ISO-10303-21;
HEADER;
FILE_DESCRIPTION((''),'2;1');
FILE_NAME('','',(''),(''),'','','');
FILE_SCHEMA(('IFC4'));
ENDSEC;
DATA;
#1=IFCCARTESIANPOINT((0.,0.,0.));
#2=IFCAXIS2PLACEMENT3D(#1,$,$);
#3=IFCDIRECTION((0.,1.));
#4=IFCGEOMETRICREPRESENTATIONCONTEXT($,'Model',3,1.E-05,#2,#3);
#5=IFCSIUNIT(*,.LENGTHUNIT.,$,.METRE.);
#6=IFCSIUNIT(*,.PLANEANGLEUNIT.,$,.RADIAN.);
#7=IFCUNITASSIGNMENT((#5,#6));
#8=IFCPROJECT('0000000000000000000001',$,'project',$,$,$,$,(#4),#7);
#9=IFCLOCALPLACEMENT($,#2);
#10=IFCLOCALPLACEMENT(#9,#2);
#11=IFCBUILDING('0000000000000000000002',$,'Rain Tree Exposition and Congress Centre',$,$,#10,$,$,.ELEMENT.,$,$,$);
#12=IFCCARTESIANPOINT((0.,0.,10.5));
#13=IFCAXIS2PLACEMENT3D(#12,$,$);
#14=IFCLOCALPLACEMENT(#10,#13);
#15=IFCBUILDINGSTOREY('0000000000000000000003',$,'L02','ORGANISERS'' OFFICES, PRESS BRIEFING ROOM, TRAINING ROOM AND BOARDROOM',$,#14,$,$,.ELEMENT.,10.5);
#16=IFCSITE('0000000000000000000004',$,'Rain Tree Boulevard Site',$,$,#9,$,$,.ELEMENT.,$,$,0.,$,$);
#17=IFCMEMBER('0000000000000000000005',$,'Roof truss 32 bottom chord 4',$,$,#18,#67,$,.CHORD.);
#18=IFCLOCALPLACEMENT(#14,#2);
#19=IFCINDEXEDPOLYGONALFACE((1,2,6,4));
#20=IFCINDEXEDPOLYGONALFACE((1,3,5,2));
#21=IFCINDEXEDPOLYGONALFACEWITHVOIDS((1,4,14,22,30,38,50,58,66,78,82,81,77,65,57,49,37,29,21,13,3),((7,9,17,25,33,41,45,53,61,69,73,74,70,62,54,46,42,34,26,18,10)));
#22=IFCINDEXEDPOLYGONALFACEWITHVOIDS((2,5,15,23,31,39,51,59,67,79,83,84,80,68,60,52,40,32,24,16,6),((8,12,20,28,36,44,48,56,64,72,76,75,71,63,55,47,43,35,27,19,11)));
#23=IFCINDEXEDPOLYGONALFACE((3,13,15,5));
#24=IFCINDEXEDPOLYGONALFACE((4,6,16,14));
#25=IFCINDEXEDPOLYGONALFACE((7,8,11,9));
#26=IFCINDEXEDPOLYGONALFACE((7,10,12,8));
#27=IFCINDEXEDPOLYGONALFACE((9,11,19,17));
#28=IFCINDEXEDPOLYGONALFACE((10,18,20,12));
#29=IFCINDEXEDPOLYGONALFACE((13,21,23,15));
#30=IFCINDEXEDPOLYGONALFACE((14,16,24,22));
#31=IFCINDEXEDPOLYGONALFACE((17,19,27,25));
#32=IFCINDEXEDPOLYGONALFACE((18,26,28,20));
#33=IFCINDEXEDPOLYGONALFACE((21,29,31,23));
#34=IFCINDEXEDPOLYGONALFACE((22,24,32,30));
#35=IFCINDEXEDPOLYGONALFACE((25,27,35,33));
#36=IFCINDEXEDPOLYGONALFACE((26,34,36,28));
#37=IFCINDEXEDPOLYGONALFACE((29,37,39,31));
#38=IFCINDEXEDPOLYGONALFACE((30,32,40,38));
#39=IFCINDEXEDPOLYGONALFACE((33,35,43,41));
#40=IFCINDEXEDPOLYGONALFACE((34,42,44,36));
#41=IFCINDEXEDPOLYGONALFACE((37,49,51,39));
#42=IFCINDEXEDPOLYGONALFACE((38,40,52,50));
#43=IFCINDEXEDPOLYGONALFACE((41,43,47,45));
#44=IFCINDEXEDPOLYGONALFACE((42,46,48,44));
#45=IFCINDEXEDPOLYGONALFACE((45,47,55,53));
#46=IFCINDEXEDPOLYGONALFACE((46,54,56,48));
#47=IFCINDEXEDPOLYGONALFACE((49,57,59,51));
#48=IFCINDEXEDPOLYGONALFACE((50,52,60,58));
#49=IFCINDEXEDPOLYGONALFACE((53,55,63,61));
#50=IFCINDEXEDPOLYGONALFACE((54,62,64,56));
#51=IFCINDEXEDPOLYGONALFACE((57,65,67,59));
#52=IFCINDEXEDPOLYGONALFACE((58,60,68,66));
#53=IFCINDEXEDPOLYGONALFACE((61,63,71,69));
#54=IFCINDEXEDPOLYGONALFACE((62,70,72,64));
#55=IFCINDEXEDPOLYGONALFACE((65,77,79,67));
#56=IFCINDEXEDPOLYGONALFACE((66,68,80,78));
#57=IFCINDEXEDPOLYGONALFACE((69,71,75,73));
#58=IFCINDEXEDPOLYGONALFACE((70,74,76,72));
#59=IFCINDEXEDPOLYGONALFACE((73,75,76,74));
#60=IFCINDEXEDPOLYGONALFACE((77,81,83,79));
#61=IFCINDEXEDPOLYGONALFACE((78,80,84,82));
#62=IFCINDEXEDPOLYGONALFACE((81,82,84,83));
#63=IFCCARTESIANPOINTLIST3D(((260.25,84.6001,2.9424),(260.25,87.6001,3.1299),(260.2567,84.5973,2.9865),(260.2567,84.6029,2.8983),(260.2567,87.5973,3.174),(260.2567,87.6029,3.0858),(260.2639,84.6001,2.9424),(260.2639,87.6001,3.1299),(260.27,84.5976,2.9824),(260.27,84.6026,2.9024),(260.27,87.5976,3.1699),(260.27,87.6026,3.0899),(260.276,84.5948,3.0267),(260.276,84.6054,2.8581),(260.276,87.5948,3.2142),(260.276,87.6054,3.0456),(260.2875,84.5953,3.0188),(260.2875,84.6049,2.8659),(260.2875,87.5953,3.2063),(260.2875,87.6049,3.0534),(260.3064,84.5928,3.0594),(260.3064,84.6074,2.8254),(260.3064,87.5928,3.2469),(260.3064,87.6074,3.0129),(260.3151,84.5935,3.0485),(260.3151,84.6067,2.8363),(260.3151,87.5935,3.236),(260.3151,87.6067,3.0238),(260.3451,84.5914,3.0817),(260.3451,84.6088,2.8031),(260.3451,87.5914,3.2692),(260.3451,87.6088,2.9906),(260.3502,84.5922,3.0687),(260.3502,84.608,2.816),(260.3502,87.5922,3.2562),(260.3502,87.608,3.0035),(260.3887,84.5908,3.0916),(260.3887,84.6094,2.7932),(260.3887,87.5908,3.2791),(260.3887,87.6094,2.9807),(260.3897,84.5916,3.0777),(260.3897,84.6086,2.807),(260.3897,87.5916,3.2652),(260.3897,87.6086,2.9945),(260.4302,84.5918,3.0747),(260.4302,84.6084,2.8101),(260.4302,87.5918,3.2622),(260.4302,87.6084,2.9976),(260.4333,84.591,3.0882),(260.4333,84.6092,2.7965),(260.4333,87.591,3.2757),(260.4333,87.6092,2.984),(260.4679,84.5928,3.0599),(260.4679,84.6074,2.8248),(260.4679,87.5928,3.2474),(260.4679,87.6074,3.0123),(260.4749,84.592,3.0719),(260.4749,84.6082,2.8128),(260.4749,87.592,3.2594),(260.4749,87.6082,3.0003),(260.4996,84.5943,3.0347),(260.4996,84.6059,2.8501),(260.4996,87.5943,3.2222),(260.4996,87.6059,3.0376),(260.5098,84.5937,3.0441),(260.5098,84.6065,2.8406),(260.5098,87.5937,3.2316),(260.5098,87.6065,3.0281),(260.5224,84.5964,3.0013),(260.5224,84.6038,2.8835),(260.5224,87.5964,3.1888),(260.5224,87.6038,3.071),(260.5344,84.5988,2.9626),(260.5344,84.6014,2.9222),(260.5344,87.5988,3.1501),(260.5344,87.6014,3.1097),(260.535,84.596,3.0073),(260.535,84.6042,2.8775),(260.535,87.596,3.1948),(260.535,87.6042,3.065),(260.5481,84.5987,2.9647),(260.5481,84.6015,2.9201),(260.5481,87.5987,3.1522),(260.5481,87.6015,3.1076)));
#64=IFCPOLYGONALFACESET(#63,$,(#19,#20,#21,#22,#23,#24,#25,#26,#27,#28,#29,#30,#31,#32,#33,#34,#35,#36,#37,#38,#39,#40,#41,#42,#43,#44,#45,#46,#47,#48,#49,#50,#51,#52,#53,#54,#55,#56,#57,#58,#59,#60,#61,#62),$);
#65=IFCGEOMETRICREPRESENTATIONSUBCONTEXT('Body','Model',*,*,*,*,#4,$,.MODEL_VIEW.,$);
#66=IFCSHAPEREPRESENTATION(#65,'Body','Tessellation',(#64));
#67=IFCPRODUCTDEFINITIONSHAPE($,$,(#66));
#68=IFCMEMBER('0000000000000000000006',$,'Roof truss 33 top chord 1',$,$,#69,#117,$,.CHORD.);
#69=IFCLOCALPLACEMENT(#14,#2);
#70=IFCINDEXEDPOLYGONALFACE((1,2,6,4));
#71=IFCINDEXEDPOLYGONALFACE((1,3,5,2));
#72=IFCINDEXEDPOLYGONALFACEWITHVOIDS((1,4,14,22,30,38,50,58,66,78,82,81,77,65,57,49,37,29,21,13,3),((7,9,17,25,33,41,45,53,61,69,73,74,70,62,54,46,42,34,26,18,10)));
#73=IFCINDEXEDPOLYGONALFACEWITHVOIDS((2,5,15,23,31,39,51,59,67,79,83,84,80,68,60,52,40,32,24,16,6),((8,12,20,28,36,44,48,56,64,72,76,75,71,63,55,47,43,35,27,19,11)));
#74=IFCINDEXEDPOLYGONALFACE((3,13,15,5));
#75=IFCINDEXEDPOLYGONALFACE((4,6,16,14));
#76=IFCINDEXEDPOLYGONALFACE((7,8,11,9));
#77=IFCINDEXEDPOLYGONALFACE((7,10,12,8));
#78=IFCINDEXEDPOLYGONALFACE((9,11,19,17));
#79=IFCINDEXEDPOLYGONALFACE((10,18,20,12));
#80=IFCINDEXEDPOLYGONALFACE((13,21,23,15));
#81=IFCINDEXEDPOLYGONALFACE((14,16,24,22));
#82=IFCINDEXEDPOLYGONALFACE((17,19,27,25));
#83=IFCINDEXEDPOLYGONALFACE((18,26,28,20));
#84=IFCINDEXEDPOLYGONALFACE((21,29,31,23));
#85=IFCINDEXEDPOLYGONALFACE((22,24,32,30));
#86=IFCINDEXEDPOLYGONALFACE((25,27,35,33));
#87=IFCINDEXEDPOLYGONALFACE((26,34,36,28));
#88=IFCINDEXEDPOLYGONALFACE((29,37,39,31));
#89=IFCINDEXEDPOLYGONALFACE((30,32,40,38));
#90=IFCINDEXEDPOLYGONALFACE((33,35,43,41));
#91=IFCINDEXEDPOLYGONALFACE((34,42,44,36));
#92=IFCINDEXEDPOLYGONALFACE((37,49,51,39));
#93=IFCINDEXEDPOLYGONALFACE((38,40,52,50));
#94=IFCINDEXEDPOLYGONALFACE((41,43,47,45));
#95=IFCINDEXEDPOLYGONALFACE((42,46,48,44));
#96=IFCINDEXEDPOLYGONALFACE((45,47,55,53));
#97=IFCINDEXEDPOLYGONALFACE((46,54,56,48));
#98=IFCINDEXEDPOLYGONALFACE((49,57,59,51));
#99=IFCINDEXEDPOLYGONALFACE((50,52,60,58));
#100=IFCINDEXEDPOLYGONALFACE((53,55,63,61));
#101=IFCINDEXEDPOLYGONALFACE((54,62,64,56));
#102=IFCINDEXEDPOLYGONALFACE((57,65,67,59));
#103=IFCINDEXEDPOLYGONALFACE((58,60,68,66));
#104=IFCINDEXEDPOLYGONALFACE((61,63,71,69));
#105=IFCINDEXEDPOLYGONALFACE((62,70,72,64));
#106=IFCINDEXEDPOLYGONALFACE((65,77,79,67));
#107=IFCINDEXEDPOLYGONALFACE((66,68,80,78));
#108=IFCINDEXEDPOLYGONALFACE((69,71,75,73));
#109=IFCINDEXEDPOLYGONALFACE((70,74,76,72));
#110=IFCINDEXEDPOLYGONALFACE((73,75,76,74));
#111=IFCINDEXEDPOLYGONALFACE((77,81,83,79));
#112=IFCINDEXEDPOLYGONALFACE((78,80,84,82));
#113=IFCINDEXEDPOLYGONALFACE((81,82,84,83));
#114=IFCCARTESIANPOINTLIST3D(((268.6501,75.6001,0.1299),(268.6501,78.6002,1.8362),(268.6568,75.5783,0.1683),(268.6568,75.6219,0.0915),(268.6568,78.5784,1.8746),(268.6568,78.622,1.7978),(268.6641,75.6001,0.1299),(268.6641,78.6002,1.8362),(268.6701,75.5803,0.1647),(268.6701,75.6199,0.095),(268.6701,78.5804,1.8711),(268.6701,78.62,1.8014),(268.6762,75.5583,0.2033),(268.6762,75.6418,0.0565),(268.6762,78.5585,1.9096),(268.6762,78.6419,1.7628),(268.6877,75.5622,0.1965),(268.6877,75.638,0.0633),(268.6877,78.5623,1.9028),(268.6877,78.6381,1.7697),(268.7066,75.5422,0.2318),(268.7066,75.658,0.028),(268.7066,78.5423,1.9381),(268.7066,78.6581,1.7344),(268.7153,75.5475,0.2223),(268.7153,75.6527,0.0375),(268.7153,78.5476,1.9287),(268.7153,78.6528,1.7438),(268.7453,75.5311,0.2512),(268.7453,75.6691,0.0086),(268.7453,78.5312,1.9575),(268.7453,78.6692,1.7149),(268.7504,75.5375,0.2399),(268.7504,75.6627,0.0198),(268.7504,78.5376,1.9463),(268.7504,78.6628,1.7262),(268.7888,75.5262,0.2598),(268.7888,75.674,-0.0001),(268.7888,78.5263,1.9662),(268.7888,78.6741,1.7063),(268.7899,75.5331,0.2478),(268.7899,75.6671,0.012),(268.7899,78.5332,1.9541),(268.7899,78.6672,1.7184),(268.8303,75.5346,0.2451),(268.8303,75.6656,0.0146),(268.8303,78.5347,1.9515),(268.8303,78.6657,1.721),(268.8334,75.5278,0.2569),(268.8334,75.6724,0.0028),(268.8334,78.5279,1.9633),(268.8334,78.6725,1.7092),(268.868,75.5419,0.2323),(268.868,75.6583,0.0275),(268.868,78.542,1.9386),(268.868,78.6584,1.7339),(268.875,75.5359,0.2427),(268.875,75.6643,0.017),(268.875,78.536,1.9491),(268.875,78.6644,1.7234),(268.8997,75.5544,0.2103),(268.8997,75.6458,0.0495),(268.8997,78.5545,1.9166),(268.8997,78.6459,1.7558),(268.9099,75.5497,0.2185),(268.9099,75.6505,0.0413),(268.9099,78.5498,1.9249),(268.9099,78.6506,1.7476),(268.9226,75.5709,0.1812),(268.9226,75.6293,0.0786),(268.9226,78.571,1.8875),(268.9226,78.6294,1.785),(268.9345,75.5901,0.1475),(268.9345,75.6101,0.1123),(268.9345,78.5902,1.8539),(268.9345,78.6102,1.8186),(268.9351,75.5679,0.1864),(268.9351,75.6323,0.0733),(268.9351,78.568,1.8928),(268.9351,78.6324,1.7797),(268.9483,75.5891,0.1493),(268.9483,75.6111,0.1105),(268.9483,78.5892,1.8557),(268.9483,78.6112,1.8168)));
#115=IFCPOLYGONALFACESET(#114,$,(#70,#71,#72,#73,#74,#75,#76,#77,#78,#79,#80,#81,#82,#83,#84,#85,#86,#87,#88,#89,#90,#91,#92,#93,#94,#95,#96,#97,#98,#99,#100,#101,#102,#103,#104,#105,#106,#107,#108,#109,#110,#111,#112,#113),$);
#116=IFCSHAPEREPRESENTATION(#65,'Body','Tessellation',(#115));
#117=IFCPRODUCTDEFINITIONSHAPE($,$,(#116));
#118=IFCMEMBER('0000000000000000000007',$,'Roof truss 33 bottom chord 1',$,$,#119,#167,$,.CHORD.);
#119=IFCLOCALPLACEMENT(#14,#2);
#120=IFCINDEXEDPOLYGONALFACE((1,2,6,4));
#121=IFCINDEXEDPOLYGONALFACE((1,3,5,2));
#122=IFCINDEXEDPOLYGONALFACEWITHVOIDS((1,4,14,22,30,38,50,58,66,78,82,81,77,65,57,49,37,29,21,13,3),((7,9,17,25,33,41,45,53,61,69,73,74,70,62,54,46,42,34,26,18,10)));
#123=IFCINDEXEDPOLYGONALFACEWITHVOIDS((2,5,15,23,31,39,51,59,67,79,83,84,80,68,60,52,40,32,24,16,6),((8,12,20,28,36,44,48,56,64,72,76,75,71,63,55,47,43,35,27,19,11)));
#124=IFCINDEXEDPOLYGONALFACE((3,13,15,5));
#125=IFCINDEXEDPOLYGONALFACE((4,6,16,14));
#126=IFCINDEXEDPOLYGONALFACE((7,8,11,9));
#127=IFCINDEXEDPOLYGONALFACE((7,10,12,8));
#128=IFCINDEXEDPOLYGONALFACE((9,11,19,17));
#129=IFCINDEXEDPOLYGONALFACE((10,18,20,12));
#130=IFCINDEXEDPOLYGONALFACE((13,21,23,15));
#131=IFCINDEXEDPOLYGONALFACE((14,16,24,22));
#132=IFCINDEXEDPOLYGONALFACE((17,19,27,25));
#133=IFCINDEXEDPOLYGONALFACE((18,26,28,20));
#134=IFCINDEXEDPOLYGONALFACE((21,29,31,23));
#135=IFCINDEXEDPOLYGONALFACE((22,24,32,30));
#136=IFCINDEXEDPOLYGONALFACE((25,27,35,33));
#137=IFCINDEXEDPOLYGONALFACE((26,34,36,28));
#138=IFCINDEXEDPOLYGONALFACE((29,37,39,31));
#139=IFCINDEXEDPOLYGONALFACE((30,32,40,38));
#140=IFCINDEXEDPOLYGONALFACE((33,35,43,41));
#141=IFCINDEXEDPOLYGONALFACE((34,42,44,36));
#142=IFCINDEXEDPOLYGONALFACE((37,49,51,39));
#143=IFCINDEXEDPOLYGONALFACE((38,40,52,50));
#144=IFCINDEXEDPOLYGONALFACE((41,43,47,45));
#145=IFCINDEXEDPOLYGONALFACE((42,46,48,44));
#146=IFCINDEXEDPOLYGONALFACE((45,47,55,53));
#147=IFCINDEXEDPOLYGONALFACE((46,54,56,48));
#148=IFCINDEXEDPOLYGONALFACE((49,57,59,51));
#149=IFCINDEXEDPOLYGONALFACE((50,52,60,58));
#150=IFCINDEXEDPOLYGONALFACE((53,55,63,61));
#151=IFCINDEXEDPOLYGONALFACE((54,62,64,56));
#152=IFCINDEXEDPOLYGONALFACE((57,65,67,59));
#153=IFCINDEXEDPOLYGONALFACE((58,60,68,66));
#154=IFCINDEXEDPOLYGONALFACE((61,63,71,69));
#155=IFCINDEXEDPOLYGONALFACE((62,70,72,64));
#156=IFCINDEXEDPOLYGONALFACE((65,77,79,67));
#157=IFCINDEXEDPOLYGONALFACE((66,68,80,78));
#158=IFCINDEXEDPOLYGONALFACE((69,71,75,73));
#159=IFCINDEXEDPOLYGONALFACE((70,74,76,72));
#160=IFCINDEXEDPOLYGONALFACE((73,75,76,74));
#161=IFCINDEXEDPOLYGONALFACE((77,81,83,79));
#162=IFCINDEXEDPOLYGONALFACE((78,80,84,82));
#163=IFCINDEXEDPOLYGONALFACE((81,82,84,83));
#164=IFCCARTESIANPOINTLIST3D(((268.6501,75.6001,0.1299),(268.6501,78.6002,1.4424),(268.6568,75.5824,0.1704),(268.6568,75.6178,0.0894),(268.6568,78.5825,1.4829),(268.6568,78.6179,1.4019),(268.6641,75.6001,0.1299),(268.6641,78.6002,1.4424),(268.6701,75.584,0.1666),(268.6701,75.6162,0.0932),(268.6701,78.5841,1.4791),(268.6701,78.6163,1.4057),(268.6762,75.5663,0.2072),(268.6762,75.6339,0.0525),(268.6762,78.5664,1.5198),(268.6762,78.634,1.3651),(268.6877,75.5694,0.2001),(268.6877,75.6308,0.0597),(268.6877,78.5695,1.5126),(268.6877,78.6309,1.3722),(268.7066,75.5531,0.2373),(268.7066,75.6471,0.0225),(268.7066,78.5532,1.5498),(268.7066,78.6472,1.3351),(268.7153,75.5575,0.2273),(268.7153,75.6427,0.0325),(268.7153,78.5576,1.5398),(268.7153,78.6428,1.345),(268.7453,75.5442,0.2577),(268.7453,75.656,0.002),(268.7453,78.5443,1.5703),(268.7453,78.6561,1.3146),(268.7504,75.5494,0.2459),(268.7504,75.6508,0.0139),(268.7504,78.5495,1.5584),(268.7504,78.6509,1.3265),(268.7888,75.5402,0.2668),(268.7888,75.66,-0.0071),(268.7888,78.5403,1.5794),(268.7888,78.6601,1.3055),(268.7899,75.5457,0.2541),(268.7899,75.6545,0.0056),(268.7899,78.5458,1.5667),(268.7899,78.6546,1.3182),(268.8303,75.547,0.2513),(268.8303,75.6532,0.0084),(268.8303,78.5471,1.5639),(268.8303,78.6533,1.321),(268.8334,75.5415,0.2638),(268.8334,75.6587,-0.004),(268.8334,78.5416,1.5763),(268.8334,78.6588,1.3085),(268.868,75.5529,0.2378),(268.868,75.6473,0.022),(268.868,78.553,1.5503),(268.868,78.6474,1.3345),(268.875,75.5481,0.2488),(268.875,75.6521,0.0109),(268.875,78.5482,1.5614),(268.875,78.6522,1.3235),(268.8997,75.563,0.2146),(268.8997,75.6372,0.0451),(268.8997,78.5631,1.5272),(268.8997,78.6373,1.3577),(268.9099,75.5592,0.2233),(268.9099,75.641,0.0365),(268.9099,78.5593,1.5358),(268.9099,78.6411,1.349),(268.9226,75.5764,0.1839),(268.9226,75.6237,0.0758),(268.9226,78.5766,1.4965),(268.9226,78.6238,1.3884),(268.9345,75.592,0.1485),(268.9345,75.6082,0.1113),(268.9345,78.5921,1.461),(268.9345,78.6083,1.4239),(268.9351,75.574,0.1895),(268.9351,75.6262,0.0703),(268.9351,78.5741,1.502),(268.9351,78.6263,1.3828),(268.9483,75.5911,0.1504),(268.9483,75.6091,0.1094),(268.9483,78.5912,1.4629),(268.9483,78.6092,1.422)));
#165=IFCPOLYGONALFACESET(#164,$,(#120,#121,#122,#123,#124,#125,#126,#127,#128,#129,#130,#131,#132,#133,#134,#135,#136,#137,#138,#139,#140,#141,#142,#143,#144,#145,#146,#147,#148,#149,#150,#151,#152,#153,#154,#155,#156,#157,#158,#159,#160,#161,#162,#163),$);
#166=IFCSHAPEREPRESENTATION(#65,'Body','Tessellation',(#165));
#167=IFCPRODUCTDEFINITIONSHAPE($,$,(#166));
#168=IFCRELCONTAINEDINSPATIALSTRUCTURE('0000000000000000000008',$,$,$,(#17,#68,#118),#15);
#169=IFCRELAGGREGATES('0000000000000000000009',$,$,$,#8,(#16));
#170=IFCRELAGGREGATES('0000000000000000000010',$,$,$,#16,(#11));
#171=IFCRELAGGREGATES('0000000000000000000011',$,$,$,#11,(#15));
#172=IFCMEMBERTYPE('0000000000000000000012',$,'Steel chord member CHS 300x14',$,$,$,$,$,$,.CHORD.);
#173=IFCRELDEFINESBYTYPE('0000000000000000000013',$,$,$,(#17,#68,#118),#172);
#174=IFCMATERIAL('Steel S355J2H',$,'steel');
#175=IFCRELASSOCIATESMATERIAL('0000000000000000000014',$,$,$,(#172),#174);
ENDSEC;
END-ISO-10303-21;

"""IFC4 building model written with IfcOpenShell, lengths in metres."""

from ifc_helpers import new_model, si_unit, direction, frame, origin, origin_2d, place, context, subcontext, project, spatial, hollow_circle, extrude, material, material_profile, profile_set, type_object, element, save


model = new_model("IFC4")

# Units and contexts
model_context = context("Model", 3, precision=1e-05, world=origin(), true_north=direction((0.0, 1.0)))
body_context = subcontext(model_context, "Body", "Model", "MODEL_VIEW")
ifc_project = project(units=[si_unit("LENGTHUNIT", "METRE"), si_unit("PLANEANGLEUNIT", "RADIAN")], contexts=[model_context])

# Site, building, storey
site_placement = place(None, origin())
site = spatial("IfcSite", under=ifc_project, at=site_placement, Name="Rain Tree Boulevard Site", CompositionType="ELEMENT", RefElevation=0.0)
building_placement = place(site_placement, origin())
building = spatial("IfcBuilding", under=site, at=building_placement, Name="Rain Tree Exposition and Congress Centre", CompositionType="ELEMENT")
storey_placement = place(building_placement, frame((0.0, 0.0, 10.5)))
storey = spatial("IfcBuildingStorey", under=building, at=storey_placement, Name="L02", Description="ORGANISERS' OFFICES, PRESS BRIEFING ROOM, TRAINING ROOM AND BOARDROOM", CompositionType="ELEMENT", Elevation=10.5)

# Members
ifc_material_1 = material(Name="Steel S355J2H", Category="steel")
ifc_material_profile_1 = material_profile(ifc_material_1, hollow_circle(Radius=0.1499, WallThickness=0.0139, at=origin_2d()), Name="CHS 300x14")
ifc_profile_set_1 = profile_set([ifc_material_profile_1], Name="Steel S355J2H")
member_type_1 = type_object("IfcMemberType", Name="Steel chord member CHS 300x14", PredefinedType="CHORD", material=ifc_profile_set_1)
member_1_placement = place(storey_placement, frame((260.3999, 84.6001, 2.9424), z_axis=(0.0, 0.998053, 0.062378), x_axis=(-1.0, 0.0, 0.0)))
element("IfcMember", 1, at=member_1_placement, inside=storey, type_object=member_type_1, Name="Roof truss 32 bottom chord 4", PredefinedType="CHORD", context=body_context, shape_type="SweptSolid", body=[
    extrude(hollow_circle(Radius=0.1499, WallThickness=0.0139, at=origin_2d()), origin(), (0.0, 0.0, 1.0), 3.0059),
])
member_2_placement = place(storey_placement, frame((268.8, 75.6001, 0.1299), z_axis=(0.0, 0.869238, 0.494393), x_axis=(-1.0, 0.0, 0.0)))
element("IfcMember", 2, at=member_2_placement, inside=storey, type_object=member_type_1, Name="Roof truss 33 top chord 1", PredefinedType="CHORD", context=body_context, shape_type="SweptSolid", body=[
    extrude(hollow_circle(Radius=0.1499, WallThickness=0.0139, at=origin_2d()), origin(), (0.0, 0.0, 1.0), 3.4514),
])
member_3_placement = place(storey_placement, frame((268.8, 75.6001, 0.1299), z_axis=(0.0, 0.916157, 0.400819), x_axis=(-1.0, 0.0, 0.0)))
element("IfcMember", 3, at=member_3_placement, inside=storey, type_object=member_type_1, Name="Roof truss 33 bottom chord 1", PredefinedType="CHORD", context=body_context, shape_type="SweptSolid", body=[
    extrude(hollow_circle(Radius=0.1499, WallThickness=0.0139, at=origin_2d()), origin(), (0.0, 0.0, 1.0), 3.2747),
])

save(model, "model.ifc")
